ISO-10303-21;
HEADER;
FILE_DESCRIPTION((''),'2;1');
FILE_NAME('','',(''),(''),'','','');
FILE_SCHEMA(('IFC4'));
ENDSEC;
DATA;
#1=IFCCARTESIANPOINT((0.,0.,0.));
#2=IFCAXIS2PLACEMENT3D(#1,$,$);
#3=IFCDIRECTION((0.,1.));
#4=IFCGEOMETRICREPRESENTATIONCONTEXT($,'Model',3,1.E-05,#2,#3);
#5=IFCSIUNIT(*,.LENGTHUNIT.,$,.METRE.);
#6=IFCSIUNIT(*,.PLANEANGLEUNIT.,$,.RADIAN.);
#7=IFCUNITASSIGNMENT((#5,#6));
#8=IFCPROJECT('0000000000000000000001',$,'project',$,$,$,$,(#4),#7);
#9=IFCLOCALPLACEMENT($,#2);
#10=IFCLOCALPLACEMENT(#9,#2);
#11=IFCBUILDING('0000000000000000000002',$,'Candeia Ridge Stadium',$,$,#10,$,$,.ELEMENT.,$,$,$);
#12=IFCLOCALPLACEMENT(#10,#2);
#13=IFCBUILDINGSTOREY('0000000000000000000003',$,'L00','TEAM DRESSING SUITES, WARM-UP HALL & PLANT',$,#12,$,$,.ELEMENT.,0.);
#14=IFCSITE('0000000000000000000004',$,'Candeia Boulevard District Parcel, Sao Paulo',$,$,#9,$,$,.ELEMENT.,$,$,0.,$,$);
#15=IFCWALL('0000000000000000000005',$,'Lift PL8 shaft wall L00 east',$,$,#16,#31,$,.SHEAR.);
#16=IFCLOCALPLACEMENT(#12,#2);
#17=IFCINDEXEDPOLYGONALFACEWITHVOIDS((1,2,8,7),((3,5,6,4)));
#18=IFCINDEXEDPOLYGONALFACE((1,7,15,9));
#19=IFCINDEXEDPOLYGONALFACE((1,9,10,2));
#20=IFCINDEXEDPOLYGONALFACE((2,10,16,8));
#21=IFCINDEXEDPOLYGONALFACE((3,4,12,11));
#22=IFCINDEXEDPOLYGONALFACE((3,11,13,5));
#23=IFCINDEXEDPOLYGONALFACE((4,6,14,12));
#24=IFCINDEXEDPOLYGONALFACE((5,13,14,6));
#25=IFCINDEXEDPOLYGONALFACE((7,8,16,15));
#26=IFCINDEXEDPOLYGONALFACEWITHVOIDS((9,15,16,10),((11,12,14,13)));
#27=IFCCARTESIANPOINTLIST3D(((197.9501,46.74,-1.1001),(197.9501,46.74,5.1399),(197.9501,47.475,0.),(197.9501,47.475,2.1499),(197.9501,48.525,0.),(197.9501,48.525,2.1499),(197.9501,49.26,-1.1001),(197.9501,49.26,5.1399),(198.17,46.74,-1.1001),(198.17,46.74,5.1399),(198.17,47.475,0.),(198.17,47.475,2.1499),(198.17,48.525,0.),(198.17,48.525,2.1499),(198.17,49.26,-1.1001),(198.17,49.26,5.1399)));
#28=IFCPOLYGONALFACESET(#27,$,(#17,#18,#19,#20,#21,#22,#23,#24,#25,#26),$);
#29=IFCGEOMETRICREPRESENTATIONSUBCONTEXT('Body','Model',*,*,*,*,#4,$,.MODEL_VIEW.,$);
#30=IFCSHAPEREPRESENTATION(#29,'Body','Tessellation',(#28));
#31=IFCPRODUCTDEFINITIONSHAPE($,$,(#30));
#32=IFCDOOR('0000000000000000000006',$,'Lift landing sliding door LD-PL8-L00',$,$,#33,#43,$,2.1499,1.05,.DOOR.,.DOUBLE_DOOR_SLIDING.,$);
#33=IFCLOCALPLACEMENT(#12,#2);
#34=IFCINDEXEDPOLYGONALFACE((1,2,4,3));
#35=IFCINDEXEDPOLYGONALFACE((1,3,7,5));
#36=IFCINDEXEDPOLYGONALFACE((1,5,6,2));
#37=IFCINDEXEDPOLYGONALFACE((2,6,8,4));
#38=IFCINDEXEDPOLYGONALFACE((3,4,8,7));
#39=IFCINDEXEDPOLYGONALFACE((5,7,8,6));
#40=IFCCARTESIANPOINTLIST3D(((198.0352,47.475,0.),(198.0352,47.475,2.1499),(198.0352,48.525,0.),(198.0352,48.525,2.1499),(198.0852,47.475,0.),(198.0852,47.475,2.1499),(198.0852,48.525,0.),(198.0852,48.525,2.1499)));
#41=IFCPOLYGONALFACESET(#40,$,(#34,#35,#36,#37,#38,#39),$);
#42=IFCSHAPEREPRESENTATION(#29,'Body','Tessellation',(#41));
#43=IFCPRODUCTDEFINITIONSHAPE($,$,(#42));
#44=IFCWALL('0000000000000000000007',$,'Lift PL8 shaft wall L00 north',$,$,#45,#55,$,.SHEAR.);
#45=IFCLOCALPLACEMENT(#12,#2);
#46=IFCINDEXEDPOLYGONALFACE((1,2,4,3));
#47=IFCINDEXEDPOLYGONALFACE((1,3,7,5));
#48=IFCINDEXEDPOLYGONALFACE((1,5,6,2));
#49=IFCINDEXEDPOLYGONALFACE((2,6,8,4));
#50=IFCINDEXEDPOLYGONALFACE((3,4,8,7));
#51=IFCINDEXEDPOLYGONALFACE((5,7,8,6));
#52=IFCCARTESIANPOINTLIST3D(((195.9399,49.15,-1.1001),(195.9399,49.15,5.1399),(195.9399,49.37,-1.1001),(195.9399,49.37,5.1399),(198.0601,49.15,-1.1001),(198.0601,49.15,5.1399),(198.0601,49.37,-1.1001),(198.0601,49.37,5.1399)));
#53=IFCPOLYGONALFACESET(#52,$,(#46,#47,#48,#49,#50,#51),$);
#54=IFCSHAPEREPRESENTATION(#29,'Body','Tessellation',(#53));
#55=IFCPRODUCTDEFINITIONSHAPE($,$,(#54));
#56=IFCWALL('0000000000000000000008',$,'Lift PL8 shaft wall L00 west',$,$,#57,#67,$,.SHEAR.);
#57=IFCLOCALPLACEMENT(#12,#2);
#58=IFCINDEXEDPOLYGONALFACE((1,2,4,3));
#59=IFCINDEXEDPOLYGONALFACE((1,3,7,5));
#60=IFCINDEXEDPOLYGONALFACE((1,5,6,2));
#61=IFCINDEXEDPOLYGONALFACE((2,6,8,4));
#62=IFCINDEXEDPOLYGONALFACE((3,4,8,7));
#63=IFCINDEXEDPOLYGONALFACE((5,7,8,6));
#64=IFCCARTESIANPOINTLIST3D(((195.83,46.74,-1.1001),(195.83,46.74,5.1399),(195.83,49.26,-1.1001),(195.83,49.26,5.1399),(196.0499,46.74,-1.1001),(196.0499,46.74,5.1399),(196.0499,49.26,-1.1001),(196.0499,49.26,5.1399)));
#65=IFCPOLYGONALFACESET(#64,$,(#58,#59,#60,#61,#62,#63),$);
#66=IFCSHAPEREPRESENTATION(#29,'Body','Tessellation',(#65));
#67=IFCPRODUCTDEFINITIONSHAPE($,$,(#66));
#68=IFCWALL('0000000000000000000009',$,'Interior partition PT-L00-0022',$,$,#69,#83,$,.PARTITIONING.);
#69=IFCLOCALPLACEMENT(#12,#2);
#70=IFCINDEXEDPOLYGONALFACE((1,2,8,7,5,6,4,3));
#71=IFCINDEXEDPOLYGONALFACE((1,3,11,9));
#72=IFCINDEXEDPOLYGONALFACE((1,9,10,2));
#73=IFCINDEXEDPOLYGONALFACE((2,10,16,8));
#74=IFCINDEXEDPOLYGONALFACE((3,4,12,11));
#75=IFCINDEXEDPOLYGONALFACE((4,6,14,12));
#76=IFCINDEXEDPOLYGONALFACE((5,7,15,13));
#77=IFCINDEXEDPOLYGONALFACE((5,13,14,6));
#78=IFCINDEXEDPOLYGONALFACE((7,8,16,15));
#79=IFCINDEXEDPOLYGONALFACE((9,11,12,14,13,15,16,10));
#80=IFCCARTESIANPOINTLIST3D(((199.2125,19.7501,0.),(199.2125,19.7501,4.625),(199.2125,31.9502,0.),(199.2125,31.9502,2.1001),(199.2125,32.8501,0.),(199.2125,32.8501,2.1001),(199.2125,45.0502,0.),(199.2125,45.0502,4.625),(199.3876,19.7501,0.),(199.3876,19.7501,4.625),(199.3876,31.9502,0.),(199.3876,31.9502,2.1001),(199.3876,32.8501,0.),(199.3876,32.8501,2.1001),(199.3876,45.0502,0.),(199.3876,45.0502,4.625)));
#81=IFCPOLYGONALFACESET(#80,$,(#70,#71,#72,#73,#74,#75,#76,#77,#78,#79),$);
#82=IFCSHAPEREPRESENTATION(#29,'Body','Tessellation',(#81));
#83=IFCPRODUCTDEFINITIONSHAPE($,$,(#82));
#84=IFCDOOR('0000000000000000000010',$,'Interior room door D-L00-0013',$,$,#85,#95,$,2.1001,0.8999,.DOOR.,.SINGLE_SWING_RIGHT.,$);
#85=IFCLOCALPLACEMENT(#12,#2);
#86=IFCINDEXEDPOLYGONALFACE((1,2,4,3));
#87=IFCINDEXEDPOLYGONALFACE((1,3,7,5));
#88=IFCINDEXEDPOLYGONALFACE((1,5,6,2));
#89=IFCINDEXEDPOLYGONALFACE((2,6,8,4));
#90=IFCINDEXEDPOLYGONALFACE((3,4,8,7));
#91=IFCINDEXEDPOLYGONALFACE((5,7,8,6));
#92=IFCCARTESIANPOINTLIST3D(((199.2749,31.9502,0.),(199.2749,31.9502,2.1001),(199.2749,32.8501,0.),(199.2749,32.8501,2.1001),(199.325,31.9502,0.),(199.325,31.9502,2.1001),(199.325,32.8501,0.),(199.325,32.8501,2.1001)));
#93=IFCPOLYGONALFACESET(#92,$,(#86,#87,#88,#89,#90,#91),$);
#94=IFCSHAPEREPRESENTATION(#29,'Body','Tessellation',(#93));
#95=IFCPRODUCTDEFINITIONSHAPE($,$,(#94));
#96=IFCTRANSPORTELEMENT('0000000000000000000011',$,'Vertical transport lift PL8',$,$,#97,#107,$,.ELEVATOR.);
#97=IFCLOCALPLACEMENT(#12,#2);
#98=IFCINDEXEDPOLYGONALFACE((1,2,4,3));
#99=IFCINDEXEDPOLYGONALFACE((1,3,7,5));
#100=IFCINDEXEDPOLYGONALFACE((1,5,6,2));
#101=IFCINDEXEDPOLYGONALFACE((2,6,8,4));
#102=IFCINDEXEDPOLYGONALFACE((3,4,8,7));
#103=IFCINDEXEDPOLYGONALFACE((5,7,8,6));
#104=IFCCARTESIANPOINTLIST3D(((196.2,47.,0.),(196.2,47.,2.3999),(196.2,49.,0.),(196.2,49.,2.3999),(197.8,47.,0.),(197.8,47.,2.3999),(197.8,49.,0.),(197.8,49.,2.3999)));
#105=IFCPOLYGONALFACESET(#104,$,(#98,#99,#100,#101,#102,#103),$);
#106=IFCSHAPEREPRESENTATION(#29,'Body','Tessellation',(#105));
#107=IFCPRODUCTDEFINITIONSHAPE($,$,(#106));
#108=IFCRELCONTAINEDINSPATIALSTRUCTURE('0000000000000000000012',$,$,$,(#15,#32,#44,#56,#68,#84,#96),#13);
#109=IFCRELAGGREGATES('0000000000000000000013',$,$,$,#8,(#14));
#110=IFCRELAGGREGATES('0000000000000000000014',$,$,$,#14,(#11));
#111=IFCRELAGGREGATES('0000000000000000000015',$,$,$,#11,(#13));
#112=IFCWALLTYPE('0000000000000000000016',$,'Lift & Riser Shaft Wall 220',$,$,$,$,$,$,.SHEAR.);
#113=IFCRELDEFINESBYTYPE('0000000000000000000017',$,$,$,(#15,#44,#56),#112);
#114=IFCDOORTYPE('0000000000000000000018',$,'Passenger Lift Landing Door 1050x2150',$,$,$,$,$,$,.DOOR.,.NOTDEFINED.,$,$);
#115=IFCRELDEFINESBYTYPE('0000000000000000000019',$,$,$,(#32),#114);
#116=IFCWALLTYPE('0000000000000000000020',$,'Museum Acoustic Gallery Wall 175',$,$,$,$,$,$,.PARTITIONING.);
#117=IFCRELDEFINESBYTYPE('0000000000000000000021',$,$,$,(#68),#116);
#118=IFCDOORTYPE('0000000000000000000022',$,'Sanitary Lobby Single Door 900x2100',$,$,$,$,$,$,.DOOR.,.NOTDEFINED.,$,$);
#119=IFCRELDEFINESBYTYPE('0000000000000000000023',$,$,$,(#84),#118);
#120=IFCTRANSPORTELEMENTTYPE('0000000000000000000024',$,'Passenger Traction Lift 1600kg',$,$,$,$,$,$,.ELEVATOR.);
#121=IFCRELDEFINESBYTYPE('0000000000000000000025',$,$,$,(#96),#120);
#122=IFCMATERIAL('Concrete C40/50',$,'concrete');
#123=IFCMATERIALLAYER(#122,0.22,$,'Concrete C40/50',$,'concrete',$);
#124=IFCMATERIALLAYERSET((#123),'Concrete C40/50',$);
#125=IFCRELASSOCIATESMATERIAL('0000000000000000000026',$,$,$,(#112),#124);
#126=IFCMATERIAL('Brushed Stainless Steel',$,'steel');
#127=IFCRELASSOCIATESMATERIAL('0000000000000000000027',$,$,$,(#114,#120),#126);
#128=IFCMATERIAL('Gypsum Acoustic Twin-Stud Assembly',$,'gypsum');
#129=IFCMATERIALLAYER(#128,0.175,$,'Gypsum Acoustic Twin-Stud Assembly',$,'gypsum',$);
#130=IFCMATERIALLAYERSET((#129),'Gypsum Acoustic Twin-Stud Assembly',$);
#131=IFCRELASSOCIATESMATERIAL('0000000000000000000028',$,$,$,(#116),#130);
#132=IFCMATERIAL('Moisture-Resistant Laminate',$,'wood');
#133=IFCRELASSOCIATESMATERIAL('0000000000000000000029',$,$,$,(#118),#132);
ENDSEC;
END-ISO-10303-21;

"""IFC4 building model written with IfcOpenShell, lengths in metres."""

from ifc_helpers import new_model, si_unit, direction, frame, frame_2d, origin, origin_2d, place, context, subcontext, project, spatial, rectangle, extrude, material, layer, layer_set, type_object, element, fill, save


model = new_model("IFC4")

# Units and contexts
model_context = context("Model", 3, precision=1e-05, world=origin(), true_north=direction((0.0, 1.0)))
body_context = subcontext(model_context, "Body", "Model", "MODEL_VIEW")
ifc_project = project(units=[si_unit("LENGTHUNIT", "METRE"), si_unit("PLANEANGLEUNIT", "RADIAN")], contexts=[model_context])

# Site, building, storey
site_placement = place(None, origin())
site = spatial("IfcSite", under=ifc_project, at=site_placement, Name="Candeia Boulevard District Parcel, Sao Paulo", CompositionType="ELEMENT", RefElevation=0.0)
building_placement = place(site_placement, origin())
building = spatial("IfcBuilding", under=site, at=building_placement, Name="Candeia Ridge Stadium", CompositionType="ELEMENT")
storey_placement = place(building_placement, origin())
storey = spatial("IfcBuildingStorey", under=building, at=storey_placement, Name="L00", Description="TEAM DRESSING SUITES, WARM-UP HALL & PLANT", CompositionType="ELEMENT", Elevation=0.0)

# Shared definitions
ifc_material_1 = material(Name="Concrete C40/50", Category="concrete")

# Shared definitions
ifc_layer_1 = layer(ifc_material_1, 0.22, Name="Concrete C40/50", Category="concrete")
ifc_layer_set_1 = layer_set([ifc_layer_1], Name="Concrete C40/50")
wall_type_1 = type_object("IfcWallType", Name="Lift & Riser Shaft Wall 220", PredefinedType="SHEAR", material=ifc_layer_set_1)

# Wall, opening, door
wall_1_placement = place(storey_placement, frame((198.0601, 46.74, -1.1001), z_axis=(0.0, 0.0, 1.0), x_axis=(0.0, 1.0, 0.0)))
wall_1 = element("IfcWall", 1, at=wall_1_placement, inside=storey, type_object=wall_type_1, Name="Lift PL8 shaft wall L00 east", PredefinedType="SHEAR", context=body_context, shape_type="SweptSolid", body=[
    extrude(rectangle(XDim=2.52, YDim=0.22, at=frame_2d((1.26, 0.0))), origin(), (0.0, 0.0, 1.0), 6.24),
])
opening_1_placement = place(wall_1_placement, frame((0.7351, 0.0, 1.1001)))
opening_1 = element("IfcOpeningElement", 2, at=opening_1_placement, cuts=wall_1, PredefinedType="OPENING", context=body_context, shape_type="SweptSolid", body=[
    extrude(rectangle(XDim=1.05, YDim=2.1499, at=frame_2d((0.5249, 1.075))), frame((0.0, 0.1199, 0.0), z_axis=(0.0, -1.0, 0.0), x_axis=(1.0, 0.0, 0.0)), (0.0, 0.0, 1.0), 0.24),
])
ifc_material_2 = material(Name="Brushed Stainless Steel", Category="steel")
door_type_1 = type_object("IfcDoorType", Name="Passenger Lift Landing Door 1050x2150", OperationType="NOTDEFINED", PredefinedType="DOOR", material=ifc_material_2)
door_1_placement = place(opening_1_placement, origin())
door_1 = element("IfcDoor", 3, at=door_1_placement, inside=storey, type_object=door_type_1, Name="Lift landing sliding door LD-PL8-L00", OperationType="DOUBLE_DOOR_SLIDING", OverallHeight=2.1499, OverallWidth=1.05, PredefinedType="DOOR", context=body_context, shape_type="SweptSolid", body=[
    extrude(rectangle(XDim=1.05, YDim=2.1499, at=frame_2d((0.5249, 1.075))), frame((0.0, 0.0249, 0.0), z_axis=(0.0, -1.0, 0.0), x_axis=(1.0, 0.0, 0.0)), (0.0, 0.0, 1.0), 0.05),
])
fill(opening_1, door_1)

# Walls
wall_2_placement = place(storey_placement, frame((198.0601, 49.26, -1.1001), z_axis=(0.0, 0.0, 1.0), x_axis=(-1.0, 0.0, 0.0)))
element("IfcWall", 4, at=wall_2_placement, inside=storey, type_object=wall_type_1, Name="Lift PL8 shaft wall L00 north", PredefinedType="SHEAR", context=body_context, shape_type="SweptSolid", body=[
    extrude(rectangle(XDim=2.1201, YDim=0.22, at=frame_2d((1.0601, 0.0))), origin(), (0.0, 0.0, 1.0), 6.24),
])
wall_3_placement = place(storey_placement, frame((195.9399, 49.26, -1.1001), z_axis=(0.0, 0.0, 1.0), x_axis=(0.0, -1.0, 0.0)))
element("IfcWall", 5, at=wall_3_placement, inside=storey, type_object=wall_type_1, Name="Lift PL8 shaft wall L00 west", PredefinedType="SHEAR", context=body_context, shape_type="SweptSolid", body=[
    extrude(rectangle(XDim=2.52, YDim=0.22, at=frame_2d((1.26, 0.0))), origin(), (0.0, 0.0, 1.0), 6.24),
])

# Wall, opening, door
ifc_material_3 = material(Name="Gypsum Acoustic Twin-Stud Assembly", Category="gypsum")
ifc_layer_2 = layer(ifc_material_3, 0.175, Name="Gypsum Acoustic Twin-Stud Assembly", Category="gypsum")
ifc_layer_set_2 = layer_set([ifc_layer_2], Name="Gypsum Acoustic Twin-Stud Assembly")
wall_type_2 = type_object("IfcWallType", Name="Museum Acoustic Gallery Wall 175", PredefinedType="PARTITIONING", material=ifc_layer_set_2)
wall_4_placement = place(storey_placement, frame((199.3, 45.05, 0.0), z_axis=(0.0, 0.0, 1.0), x_axis=(0.0, -1.0, 0.0)))
wall_4 = element("IfcWall", 6, at=wall_4_placement, inside=storey, type_object=wall_type_2, Name="Interior partition PT-L00-0022", PredefinedType="PARTITIONING", context=body_context, shape_type="SweptSolid", body=[
    extrude(rectangle(XDim=25.3, YDim=0.175, at=frame_2d((12.6499, 0.0))), origin(), (0.0, 0.0, 1.0), 4.625),
])
opening_2_placement = place(wall_4_placement, frame((12.2, 0.0, 0.0)))
opening_2 = element("IfcOpeningElement", 7, at=opening_2_placement, cuts=wall_4, PredefinedType="OPENING", context=body_context, shape_type="SweptSolid", body=[
    extrude(rectangle(XDim=0.8999, YDim=2.1001, at=frame_2d((0.45, 1.05))), frame((0.0, 0.0974, 0.0), z_axis=(0.0, -1.0, 0.0), x_axis=(1.0, 0.0, 0.0)), (0.0, 0.0, 1.0), 0.1951),
])
ifc_material_4 = material(Name="Moisture-Resistant Laminate", Category="wood")
door_type_2 = type_object("IfcDoorType", Name="Sanitary Lobby Single Door 900x2100", OperationType="NOTDEFINED", PredefinedType="DOOR", material=ifc_material_4)
door_2_placement = place(opening_2_placement, origin())
door_2 = element("IfcDoor", 8, at=door_2_placement, inside=storey, type_object=door_type_2, Name="Interior room door D-L00-0013", OperationType="SINGLE_SWING_RIGHT", OverallHeight=2.1001, OverallWidth=0.8999, PredefinedType="DOOR", context=body_context, shape_type="SweptSolid", body=[
    extrude(rectangle(XDim=0.8999, YDim=2.1001, at=frame_2d((0.45, 1.05))), frame((0.0, 0.0249, 0.0), z_axis=(0.0, -1.0, 0.0), x_axis=(1.0, 0.0, 0.0)), (0.0, 0.0, 1.0), 0.05),
])
fill(opening_2, door_2)

# Transport element
transport_element_type = type_object("IfcTransportElementType", Name="Passenger Traction Lift 1600kg", PredefinedType="ELEVATOR", material=ifc_material_2)
transport_element_placement = place(storey_placement, frame((197.0, 48.0, 0.0), z_axis=(0.0, 0.0, 1.0), x_axis=(1.0, 0.0, 0.0)))
element("IfcTransportElement", 9, at=transport_element_placement, inside=storey, type_object=transport_element_type, Name="Vertical transport lift PL8", PredefinedType="ELEVATOR", context=body_context, shape_type="SweptSolid", body=[
    extrude(rectangle(XDim=1.6001, YDim=2.0, at=origin_2d()), origin(), (0.0, 0.0, 1.0), 2.3999),
])

save(model, "model.ifc")
